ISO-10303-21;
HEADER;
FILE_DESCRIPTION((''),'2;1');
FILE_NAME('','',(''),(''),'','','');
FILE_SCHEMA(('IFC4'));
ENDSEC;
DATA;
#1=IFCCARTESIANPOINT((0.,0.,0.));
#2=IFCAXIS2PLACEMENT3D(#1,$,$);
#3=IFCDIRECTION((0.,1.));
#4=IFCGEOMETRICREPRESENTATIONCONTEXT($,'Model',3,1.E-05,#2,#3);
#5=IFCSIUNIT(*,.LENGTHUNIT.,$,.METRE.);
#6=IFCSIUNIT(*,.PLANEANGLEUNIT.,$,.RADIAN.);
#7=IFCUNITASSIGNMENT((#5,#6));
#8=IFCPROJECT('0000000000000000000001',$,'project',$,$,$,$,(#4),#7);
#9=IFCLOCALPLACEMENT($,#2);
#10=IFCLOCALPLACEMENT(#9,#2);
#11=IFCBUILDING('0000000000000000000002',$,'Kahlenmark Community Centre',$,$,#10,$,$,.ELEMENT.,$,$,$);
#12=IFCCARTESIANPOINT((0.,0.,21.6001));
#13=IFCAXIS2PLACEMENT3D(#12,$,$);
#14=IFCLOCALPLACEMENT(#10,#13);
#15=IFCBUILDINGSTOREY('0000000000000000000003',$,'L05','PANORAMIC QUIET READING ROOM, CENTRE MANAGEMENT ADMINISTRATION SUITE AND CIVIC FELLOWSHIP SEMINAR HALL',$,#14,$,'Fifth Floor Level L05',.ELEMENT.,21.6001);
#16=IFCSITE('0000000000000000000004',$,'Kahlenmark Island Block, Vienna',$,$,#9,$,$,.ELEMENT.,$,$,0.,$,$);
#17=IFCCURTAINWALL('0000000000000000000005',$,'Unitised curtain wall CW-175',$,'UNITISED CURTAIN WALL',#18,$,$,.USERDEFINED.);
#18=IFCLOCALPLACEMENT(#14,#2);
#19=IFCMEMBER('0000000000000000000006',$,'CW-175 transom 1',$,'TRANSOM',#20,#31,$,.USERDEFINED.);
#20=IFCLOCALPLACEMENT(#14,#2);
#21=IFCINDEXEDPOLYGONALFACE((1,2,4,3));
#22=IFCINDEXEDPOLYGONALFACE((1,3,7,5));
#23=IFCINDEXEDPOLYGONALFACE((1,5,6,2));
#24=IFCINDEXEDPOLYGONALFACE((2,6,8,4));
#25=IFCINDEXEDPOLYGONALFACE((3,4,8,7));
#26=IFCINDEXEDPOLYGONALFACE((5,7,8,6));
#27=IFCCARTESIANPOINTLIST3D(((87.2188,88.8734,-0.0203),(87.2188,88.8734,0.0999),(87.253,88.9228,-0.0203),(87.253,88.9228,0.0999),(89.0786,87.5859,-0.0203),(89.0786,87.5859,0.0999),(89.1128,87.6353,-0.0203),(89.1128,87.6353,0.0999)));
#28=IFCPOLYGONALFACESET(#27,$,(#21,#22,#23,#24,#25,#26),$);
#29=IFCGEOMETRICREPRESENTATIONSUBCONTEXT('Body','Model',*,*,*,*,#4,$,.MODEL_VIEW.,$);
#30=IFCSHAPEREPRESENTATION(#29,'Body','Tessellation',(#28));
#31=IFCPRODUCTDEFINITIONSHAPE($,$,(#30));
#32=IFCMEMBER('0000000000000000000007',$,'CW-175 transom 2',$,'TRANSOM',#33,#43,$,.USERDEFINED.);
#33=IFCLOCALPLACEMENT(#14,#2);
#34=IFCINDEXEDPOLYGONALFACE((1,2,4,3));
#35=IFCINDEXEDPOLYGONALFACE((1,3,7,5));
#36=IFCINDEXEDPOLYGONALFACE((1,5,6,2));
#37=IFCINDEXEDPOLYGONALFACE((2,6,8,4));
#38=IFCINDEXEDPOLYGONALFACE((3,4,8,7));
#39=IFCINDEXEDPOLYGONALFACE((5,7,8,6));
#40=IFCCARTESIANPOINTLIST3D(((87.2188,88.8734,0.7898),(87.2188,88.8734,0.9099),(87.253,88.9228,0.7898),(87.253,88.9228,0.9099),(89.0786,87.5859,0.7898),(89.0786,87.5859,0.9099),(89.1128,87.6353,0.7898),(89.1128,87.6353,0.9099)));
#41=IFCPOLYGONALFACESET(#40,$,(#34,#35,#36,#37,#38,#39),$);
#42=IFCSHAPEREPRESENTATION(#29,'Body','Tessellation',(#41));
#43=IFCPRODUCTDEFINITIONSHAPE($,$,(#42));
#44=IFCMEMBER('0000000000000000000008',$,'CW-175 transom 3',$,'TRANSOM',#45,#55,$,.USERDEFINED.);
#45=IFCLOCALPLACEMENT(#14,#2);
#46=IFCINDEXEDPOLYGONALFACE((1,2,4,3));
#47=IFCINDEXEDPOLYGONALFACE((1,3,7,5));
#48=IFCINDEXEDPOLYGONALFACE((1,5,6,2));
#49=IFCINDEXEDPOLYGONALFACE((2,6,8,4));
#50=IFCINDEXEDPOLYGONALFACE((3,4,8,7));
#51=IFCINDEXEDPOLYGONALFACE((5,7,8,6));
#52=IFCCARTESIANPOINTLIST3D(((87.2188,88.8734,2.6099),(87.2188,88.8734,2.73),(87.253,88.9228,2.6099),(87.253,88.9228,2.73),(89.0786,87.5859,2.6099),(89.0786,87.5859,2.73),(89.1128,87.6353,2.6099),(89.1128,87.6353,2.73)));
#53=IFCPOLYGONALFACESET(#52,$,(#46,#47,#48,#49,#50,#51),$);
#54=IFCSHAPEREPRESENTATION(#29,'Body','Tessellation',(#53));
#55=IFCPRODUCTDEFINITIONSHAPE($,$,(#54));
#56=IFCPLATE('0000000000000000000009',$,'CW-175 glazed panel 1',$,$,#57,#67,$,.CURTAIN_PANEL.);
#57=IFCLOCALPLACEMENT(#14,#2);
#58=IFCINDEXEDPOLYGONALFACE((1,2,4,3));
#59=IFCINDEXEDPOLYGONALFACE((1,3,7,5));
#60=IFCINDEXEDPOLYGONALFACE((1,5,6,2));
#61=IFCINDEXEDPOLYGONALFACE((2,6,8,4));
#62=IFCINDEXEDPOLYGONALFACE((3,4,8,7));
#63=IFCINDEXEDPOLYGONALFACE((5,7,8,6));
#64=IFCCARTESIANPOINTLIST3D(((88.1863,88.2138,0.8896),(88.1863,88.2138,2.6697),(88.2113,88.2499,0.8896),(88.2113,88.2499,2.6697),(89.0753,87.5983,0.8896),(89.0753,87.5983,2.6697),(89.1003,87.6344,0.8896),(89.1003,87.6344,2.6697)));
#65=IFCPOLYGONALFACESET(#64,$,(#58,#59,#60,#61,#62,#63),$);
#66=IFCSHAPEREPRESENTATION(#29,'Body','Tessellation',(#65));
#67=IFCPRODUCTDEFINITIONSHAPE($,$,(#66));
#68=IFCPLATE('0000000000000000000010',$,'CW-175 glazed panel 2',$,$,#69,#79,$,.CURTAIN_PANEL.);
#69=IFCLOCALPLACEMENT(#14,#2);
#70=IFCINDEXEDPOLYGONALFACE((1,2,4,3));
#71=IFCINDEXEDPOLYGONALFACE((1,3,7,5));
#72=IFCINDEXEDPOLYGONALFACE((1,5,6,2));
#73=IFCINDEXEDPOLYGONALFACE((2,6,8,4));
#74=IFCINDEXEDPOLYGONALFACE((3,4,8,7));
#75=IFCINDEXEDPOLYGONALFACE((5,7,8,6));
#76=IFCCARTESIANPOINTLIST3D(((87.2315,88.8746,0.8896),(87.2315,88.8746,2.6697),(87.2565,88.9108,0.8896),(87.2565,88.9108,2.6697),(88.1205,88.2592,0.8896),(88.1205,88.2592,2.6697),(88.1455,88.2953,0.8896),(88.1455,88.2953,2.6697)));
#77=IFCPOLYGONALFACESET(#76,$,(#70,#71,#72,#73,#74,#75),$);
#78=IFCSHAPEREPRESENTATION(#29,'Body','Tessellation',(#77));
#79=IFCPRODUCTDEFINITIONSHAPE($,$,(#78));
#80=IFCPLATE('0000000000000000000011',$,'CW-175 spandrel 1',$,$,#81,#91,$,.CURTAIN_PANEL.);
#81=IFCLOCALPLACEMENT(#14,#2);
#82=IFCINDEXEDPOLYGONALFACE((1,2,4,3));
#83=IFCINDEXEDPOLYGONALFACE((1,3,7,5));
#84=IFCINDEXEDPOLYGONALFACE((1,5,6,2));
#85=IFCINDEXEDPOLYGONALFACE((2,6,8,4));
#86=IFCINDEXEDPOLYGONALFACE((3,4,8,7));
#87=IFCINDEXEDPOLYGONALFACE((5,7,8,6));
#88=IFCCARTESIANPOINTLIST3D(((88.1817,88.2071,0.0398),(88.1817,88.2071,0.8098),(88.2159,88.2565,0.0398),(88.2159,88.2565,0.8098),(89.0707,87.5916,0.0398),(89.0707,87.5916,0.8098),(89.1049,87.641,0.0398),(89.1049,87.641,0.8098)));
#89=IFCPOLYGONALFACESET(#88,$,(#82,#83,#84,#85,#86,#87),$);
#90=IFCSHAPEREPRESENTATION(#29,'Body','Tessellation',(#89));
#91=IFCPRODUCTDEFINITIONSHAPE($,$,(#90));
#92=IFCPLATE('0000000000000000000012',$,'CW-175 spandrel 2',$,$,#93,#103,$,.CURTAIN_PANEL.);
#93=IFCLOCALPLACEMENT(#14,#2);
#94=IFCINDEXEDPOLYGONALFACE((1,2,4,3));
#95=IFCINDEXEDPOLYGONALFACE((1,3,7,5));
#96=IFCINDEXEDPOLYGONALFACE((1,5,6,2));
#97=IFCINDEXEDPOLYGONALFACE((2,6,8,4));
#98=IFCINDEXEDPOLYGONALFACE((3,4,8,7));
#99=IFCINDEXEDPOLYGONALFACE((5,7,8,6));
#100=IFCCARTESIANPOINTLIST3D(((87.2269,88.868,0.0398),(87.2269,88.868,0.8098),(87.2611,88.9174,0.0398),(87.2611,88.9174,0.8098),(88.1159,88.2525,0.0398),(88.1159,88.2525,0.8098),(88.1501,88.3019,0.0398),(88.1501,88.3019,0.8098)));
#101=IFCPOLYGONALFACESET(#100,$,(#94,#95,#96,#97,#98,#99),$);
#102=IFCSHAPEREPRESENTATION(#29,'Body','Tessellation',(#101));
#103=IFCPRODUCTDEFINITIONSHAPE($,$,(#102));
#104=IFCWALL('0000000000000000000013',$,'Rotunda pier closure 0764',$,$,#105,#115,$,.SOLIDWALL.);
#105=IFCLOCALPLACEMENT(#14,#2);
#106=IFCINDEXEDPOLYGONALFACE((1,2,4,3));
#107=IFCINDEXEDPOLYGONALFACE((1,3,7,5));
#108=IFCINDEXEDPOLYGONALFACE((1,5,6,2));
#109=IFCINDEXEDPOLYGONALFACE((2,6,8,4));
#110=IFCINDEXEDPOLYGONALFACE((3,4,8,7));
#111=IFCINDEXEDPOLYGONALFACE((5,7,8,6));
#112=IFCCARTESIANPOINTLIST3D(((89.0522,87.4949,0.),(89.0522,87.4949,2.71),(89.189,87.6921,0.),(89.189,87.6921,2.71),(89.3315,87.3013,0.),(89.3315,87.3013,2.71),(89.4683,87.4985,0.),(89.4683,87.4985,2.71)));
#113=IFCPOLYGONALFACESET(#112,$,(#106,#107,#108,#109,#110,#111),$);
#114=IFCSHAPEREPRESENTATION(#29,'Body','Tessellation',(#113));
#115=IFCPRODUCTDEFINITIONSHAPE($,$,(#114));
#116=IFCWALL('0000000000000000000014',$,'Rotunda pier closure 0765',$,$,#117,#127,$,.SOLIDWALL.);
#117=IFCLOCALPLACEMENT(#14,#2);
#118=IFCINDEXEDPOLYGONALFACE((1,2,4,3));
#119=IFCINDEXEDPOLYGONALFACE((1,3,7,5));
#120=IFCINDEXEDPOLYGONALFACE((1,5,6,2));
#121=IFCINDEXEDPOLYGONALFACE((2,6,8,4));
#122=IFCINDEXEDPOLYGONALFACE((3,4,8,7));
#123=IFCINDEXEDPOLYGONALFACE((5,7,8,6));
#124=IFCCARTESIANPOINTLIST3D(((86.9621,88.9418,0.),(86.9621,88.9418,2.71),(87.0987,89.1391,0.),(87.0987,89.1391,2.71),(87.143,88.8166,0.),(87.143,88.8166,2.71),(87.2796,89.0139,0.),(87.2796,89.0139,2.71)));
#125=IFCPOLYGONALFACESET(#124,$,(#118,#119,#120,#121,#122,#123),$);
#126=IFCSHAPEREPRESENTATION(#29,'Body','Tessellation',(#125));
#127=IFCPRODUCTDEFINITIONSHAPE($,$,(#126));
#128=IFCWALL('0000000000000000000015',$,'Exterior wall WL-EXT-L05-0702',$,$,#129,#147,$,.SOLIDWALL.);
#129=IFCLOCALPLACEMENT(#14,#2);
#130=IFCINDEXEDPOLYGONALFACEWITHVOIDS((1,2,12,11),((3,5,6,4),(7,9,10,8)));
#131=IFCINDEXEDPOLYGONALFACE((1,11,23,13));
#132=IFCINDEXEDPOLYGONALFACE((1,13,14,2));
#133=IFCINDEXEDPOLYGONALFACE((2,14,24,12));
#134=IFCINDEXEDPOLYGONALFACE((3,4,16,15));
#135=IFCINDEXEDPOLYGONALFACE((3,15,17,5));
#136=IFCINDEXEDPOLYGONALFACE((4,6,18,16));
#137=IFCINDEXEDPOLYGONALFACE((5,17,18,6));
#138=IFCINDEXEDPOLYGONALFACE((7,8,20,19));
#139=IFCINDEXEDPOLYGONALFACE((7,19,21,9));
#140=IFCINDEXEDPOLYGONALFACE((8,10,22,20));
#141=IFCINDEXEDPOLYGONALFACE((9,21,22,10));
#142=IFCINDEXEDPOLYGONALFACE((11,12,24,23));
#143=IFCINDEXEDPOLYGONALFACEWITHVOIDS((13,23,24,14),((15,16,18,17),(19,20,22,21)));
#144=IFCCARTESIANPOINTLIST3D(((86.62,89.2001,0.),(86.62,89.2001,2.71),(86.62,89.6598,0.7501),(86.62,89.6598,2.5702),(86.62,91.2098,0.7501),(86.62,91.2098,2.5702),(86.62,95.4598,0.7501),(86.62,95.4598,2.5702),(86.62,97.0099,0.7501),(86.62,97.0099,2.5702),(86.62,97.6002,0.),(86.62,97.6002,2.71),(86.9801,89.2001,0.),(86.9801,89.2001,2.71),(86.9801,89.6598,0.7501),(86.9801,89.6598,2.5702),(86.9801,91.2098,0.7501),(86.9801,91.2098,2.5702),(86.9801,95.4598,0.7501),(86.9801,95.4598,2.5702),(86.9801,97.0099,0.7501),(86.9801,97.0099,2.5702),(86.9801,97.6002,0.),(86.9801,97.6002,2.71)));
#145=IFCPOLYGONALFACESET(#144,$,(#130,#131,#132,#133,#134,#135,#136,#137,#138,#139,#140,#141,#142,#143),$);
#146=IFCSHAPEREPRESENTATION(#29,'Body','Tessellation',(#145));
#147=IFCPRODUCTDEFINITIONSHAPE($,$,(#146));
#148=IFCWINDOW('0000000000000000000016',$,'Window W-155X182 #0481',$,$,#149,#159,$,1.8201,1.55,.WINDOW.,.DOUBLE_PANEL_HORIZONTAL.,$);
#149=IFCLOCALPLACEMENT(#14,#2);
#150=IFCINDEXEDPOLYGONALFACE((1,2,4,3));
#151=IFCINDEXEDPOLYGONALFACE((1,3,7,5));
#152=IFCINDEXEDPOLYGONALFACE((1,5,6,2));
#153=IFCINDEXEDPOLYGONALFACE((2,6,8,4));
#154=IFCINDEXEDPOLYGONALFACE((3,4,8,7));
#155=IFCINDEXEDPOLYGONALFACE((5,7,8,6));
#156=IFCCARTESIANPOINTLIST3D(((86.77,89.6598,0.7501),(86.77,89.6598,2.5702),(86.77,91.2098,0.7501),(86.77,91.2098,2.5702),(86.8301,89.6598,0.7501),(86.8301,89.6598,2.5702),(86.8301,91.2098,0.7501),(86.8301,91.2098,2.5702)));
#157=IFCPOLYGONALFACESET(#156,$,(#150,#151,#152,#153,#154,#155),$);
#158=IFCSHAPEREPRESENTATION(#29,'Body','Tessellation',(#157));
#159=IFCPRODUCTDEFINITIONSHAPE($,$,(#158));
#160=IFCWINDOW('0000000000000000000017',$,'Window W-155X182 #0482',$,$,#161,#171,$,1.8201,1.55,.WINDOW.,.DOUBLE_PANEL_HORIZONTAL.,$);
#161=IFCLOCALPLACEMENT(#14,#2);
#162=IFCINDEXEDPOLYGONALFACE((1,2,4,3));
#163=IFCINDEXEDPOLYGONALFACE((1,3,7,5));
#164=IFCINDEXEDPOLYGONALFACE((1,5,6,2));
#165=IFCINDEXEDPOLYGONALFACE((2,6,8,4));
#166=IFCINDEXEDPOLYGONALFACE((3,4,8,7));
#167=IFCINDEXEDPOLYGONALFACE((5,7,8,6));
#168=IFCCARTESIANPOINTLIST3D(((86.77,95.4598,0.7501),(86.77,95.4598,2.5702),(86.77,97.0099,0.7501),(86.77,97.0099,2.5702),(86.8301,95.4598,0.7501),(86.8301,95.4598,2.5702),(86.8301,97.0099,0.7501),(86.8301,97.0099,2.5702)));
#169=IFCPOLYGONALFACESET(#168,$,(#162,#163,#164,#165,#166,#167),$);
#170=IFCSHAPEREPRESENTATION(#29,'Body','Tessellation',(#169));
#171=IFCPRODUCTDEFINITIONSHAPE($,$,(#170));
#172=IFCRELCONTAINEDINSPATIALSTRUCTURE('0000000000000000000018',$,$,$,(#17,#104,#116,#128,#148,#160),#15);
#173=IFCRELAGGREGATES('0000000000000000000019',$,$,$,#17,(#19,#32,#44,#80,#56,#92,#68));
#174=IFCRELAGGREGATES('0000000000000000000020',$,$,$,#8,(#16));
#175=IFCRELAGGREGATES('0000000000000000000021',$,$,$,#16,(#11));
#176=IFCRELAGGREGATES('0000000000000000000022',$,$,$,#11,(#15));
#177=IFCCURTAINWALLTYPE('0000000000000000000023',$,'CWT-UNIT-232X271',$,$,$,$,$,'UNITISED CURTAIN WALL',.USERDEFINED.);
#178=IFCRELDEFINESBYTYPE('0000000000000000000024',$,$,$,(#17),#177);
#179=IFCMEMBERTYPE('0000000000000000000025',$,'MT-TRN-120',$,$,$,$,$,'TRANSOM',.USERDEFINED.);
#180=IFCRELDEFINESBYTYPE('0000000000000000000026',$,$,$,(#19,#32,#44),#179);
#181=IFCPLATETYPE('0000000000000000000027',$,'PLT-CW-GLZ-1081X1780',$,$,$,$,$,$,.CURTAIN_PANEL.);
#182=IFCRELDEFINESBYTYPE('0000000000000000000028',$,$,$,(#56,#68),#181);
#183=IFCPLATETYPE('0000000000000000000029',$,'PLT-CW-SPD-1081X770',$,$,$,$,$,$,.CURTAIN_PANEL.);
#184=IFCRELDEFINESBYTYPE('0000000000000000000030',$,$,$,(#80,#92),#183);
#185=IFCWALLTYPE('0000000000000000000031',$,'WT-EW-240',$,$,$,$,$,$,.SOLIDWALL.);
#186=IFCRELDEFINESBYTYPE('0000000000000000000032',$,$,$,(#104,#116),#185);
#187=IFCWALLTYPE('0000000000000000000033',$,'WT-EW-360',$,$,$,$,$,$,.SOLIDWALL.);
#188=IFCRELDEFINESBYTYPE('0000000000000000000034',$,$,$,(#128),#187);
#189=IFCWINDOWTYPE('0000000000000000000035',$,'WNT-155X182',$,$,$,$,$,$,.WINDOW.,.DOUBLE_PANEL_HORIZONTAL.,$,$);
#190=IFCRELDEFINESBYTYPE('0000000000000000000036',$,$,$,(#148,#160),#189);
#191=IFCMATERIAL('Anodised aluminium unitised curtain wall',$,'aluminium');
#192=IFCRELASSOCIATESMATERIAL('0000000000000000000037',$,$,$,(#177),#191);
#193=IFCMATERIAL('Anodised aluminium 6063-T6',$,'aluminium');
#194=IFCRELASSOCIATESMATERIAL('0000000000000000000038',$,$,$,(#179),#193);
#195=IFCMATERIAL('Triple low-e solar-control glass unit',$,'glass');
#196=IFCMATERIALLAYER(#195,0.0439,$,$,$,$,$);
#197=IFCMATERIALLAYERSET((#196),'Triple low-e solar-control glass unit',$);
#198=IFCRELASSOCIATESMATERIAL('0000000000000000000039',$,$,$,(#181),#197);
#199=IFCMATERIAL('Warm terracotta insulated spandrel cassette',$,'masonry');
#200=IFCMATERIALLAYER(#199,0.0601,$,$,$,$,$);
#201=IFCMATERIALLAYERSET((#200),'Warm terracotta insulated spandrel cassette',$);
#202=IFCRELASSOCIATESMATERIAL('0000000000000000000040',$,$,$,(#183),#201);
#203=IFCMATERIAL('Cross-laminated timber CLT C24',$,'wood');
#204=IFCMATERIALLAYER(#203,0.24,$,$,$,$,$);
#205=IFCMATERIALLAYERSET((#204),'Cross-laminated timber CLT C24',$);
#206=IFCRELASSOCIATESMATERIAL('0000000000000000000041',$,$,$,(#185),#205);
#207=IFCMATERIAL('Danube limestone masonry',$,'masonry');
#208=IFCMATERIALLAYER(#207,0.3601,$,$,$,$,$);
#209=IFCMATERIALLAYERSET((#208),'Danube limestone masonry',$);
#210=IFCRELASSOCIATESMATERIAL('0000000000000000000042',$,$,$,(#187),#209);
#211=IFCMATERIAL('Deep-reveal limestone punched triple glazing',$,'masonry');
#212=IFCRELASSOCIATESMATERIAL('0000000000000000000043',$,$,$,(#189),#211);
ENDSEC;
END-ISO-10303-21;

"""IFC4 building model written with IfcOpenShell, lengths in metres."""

from ifc_helpers import new_model, si_unit, direction, frame, frame_2d, origin, origin_2d, place, context, subcontext, project, spatial, rectangle, extrude, material, layer, layer_set, material_profile, profile_set, type_object, element, fill, aggregate, save


model = new_model("IFC4")

# Units and contexts
model_context = context("Model", 3, precision=1e-05, world=origin(), true_north=direction((0.0, 1.0)))
body_context = subcontext(model_context, "Body", "Model", "MODEL_VIEW")
ifc_project = project(units=[si_unit("LENGTHUNIT", "METRE"), si_unit("PLANEANGLEUNIT", "RADIAN")], contexts=[model_context])

# Site, building, storey
site_placement = place(None, origin())
site = spatial("IfcSite", under=ifc_project, at=site_placement, Name="Kahlenmark Island Block, Vienna", CompositionType="ELEMENT", RefElevation=0.0)
building_placement = place(site_placement, origin())
building = spatial("IfcBuilding", under=site, at=building_placement, Name="Kahlenmark Community Centre", CompositionType="ELEMENT")
storey_placement = place(building_placement, frame((0.0, 0.0, 21.6001)))
storey = spatial("IfcBuildingStorey", under=building, at=storey_placement, Name="L05", Description="PANORAMIC QUIET READING ROOM, CENTRE MANAGEMENT ADMINISTRATION SUITE AND CIVIC FELLOWSHIP SEMINAR HALL", LongName="Fifth Floor Level L05", CompositionType="ELEMENT", Elevation=21.6001)

# Curtain wall, members, plates
ifc_material_1 = material(Name="Anodised aluminium unitised curtain wall", Category="aluminium")
curtain_wall_type = type_object("IfcCurtainWallType", Name="CWT-UNIT-232X271", ElementType="UNITISED CURTAIN WALL", PredefinedType="USERDEFINED", material=ifc_material_1)
curtain_wall_placement = place(storey_placement, origin())
curtain_wall = element("IfcCurtainWall", 1, at=curtain_wall_placement, inside=storey, type_object=curtain_wall_type, Name="Unitised curtain wall CW-175", ObjectType="UNITISED CURTAIN WALL", PredefinedType="USERDEFINED")
ifc_material_2 = material(Name="Anodised aluminium 6063-T6", Category="aluminium")
ifc_material_profile_1 = material_profile(ifc_material_2, rectangle(XDim=0.0601, YDim=0.1201, at=origin_2d()), Name="ALU TRANSOM 60x120")
ifc_profile_set_1 = profile_set([ifc_material_profile_1], Name="Anodised aluminium 6063-T6")
member_type_1 = type_object("IfcMemberType", Name="MT-TRN-120", ElementType="TRANSOM", PredefinedType="USERDEFINED", material=ifc_profile_set_1)
member_1_placement = place(storey_placement, frame((89.0957, 87.6106, 0.0398), z_axis=(-0.822192, 0.56921, 0.0), x_axis=(-0.56921, -0.822192, 0.0)))
member_1 = element("IfcMember", 2, at=member_1_placement, type_object=member_type_1, Name="CW-175 transom 1", ObjectType="TRANSOM", PredefinedType="USERDEFINED", context=body_context, shape_type="SweptSolid", body=[
    extrude(rectangle(XDim=0.0601, YDim=0.1201, at=origin_2d()), origin(), (0.0, 0.0, 1.0), 2.262),
])
member_2_placement = place(storey_placement, frame((89.0957, 87.6106, 0.8499), z_axis=(-0.822192, 0.56921, 0.0), x_axis=(-0.56921, -0.822192, 0.0)))
member_2 = element("IfcMember", 3, at=member_2_placement, type_object=member_type_1, Name="CW-175 transom 2", ObjectType="TRANSOM", PredefinedType="USERDEFINED", context=body_context, shape_type="SweptSolid", body=[
    extrude(rectangle(XDim=0.0601, YDim=0.1201, at=origin_2d()), origin(), (0.0, 0.0, 1.0), 2.262),
])
member_3_placement = place(storey_placement, frame((89.0957, 87.6106, 2.6699), z_axis=(-0.822192, 0.56921, 0.0), x_axis=(-0.56921, -0.822192, 0.0)))
member_3 = element("IfcMember", 4, at=member_3_placement, type_object=member_type_1, Name="CW-175 transom 3", ObjectType="TRANSOM", PredefinedType="USERDEFINED", context=body_context, shape_type="SweptSolid", body=[
    extrude(rectangle(XDim=0.0601, YDim=0.1201, at=origin_2d()), origin(), (0.0, 0.0, 1.0), 2.262),
])
ifc_material_3 = material(Name="Triple low-e solar-control glass unit", Category="glass")
ifc_layer_1 = layer(ifc_material_3, 0.0439)
ifc_layer_set_1 = layer_set([ifc_layer_1], Name="Triple low-e solar-control glass unit")
plate_type_1 = type_object("IfcPlateType", Name="PLT-CW-GLZ-1081X1780", PredefinedType="CURTAIN_PANEL", material=ifc_layer_set_1)
plate_1_placement = place(storey_placement, frame((88.6433, 87.9241, 0.8896), z_axis=(0.0, 0.0, 1.0), x_axis=(-0.822191, 0.569212, 0.0)))
plate_1 = element("IfcPlate", 5, at=plate_1_placement, type_object=plate_type_1, Name="CW-175 glazed panel 1", PredefinedType="CURTAIN_PANEL", context=body_context, shape_type="SweptSolid", body=[
    extrude(rectangle(XDim=1.0813, YDim=0.0439, at=origin_2d()), origin(), (0.0, 0.0, 1.0), 1.78),
])
plate_2_placement = place(storey_placement, frame((87.6885, 88.585, 0.8896), z_axis=(0.0, 0.0, 1.0), x_axis=(-0.822191, 0.569212, 0.0)))
plate_2 = element("IfcPlate", 6, at=plate_2_placement, type_object=plate_type_1, Name="CW-175 glazed panel 2", PredefinedType="CURTAIN_PANEL", context=body_context, shape_type="SweptSolid", body=[
    extrude(rectangle(XDim=1.0813, YDim=0.0439, at=origin_2d()), origin(), (0.0, 0.0, 1.0), 1.78),
])
ifc_material_4 = material(Name="Warm terracotta insulated spandrel cassette", Category="masonry")
ifc_layer_2 = layer(ifc_material_4, 0.0601)
ifc_layer_set_2 = layer_set([ifc_layer_2], Name="Warm terracotta insulated spandrel cassette")
plate_type_2 = type_object("IfcPlateType", Name="PLT-CW-SPD-1081X770", PredefinedType="CURTAIN_PANEL", material=ifc_layer_set_2)
plate_3_placement = place(storey_placement, frame((88.6433, 87.9241, 0.0398), z_axis=(0.0, 0.0, 1.0), x_axis=(-0.822191, 0.569212, 0.0)))
plate_3 = element("IfcPlate", 7, at=plate_3_placement, type_object=plate_type_2, Name="CW-175 spandrel 1", PredefinedType="CURTAIN_PANEL", context=body_context, shape_type="SweptSolid", body=[
    extrude(rectangle(XDim=1.0813, YDim=0.0601, at=origin_2d()), origin(), (0.0, 0.0, 1.0), 0.77),
])
plate_4_placement = place(storey_placement, frame((87.6885, 88.585, 0.0398), z_axis=(0.0, 0.0, 1.0), x_axis=(-0.822191, 0.569212, 0.0)))
plate_4 = element("IfcPlate", 8, at=plate_4_placement, type_object=plate_type_2, Name="CW-175 spandrel 2", PredefinedType="CURTAIN_PANEL", context=body_context, shape_type="SweptSolid", body=[
    extrude(rectangle(XDim=1.0813, YDim=0.0601, at=origin_2d()), origin(), (0.0, 0.0, 1.0), 0.77),
])
aggregate(curtain_wall, [member_1, member_2, member_3, plate_3, plate_1, plate_4, plate_2])

# Walls
ifc_material_5 = material(Name="Cross-laminated timber CLT C24", Category="wood")
ifc_layer_3 = layer(ifc_material_5, 0.24)
ifc_layer_set_3 = layer_set([ifc_layer_3], Name="Cross-laminated timber CLT C24")
wall_type_1 = type_object("IfcWallType", Name="WT-EW-240", PredefinedType="SOLIDWALL", material=ifc_layer_set_3)
wall_1_placement = place(storey_placement, frame((89.3999, 87.3999, 0.0), z_axis=(0.0, 0.0, 1.0), x_axis=(-0.821856, 0.569696, 0.0)))
element("IfcWall", 9, at=wall_1_placement, inside=storey, type_object=wall_type_1, Name="Rotunda pier closure 0764", PredefinedType="SOLIDWALL", context=body_context, shape_type="SweptSolid", body=[
    extrude(rectangle(XDim=0.3398, YDim=0.24, at=frame_2d((0.1699, 0.0))), origin(), (0.0, 0.0, 1.0), 2.71),
])
wall_2_placement = place(storey_placement, frame((87.2112, 88.9153, 0.0), z_axis=(0.0, 0.0, 1.0), x_axis=(-0.822192, 0.56921, 0.0)))
element("IfcWall", 10, at=wall_2_placement, inside=storey, type_object=wall_type_1, Name="Rotunda pier closure 0765", PredefinedType="SOLIDWALL", context=body_context, shape_type="SweptSolid", body=[
    extrude(rectangle(XDim=0.22, YDim=0.24, at=frame_2d((0.1099, 0.0))), origin(), (0.0, 0.0, 1.0), 2.71),
])

# Wall, openings, windows
ifc_material_6 = material(Name="Danube limestone masonry", Category="masonry")
ifc_layer_4 = layer(ifc_material_6, 0.3601)
ifc_layer_set_4 = layer_set([ifc_layer_4], Name="Danube limestone masonry")
wall_type_2 = type_object("IfcWallType", Name="WT-EW-360", PredefinedType="SOLIDWALL", material=ifc_layer_set_4)
wall_3_placement = place(storey_placement, frame((86.8, 89.2, 0.0), z_axis=(0.0, 0.0, 1.0), x_axis=(0.0, 1.0, 0.0)))
wall_3 = element("IfcWall", 11, at=wall_3_placement, inside=storey, type_object=wall_type_2, Name="Exterior wall WL-EXT-L05-0702", PredefinedType="SOLIDWALL", context=body_context, shape_type="SweptSolid", body=[
    extrude(rectangle(XDim=8.4001, YDim=0.3601, at=frame_2d((4.2002, 0.0))), origin(), (0.0, 0.0, 1.0), 2.71),
])
opening_1_placement = place(wall_3_placement, frame((0.46, 0.0, 0.75)))
opening_1 = element("IfcOpeningElement", 12, at=opening_1_placement, cuts=wall_3, PredefinedType="OPENING", context=body_context, shape_type="SweptSolid", body=[
    extrude(rectangle(XDim=1.55, YDim=1.8201, at=frame_2d((0.7749, 0.9102))), frame((0.0, 0.1899, 0.0), z_axis=(0.0, -1.0, 0.0), x_axis=(1.0, 0.0, 0.0)), (0.0, 0.0, 1.0), 0.3801),
])
opening_2_placement = place(wall_3_placement, frame((6.26, 0.0, 0.75)))
opening_2 = element("IfcOpeningElement", 13, at=opening_2_placement, cuts=wall_3, PredefinedType="OPENING", context=body_context, shape_type="SweptSolid", body=[
    extrude(rectangle(XDim=1.55, YDim=1.8201, at=frame_2d((0.7749, 0.9102))), frame((0.0, 0.1899, 0.0), z_axis=(0.0, -1.0, 0.0), x_axis=(1.0, 0.0, 0.0)), (0.0, 0.0, 1.0), 0.3801),
])
ifc_material_7 = material(Name="Deep-reveal limestone punched triple glazing", Category="masonry")
window_type = type_object("IfcWindowType", Name="WNT-155X182", PartitioningType="DOUBLE_PANEL_HORIZONTAL", PredefinedType="WINDOW", material=ifc_material_7)
window_1_placement = place(opening_1_placement, origin())
window_1 = element("IfcWindow", 14, at=window_1_placement, inside=storey, type_object=window_type, Name="Window W-155X182 #0481", OverallHeight=1.8201, OverallWidth=1.55, PartitioningType="DOUBLE_PANEL_HORIZONTAL", PredefinedType="WINDOW", context=body_context, shape_type="SweptSolid", body=[
    extrude(rectangle(XDim=1.55, YDim=1.8201, at=frame_2d((0.7749, 0.9102))), frame((0.0, 0.03, 0.0), z_axis=(0.0, -1.0, 0.0), x_axis=(1.0, 0.0, 0.0)), (0.0, 0.0, 1.0), 0.0601),
])
fill(opening_1, window_1)
window_2_placement = place(opening_2_placement, origin())
window_2 = element("IfcWindow", 15, at=window_2_placement, inside=storey, type_object=window_type, Name="Window W-155X182 #0482", OverallHeight=1.8201, OverallWidth=1.55, PartitioningType="DOUBLE_PANEL_HORIZONTAL", PredefinedType="WINDOW", context=body_context, shape_type="SweptSolid", body=[
    extrude(rectangle(XDim=1.55, YDim=1.8201, at=frame_2d((0.7749, 0.9102))), frame((0.0, 0.03, 0.0), z_axis=(0.0, -1.0, 0.0), x_axis=(1.0, 0.0, 0.0)), (0.0, 0.0, 1.0), 0.0601),
])
fill(opening_2, window_2)

save(model, "model.ifc")
